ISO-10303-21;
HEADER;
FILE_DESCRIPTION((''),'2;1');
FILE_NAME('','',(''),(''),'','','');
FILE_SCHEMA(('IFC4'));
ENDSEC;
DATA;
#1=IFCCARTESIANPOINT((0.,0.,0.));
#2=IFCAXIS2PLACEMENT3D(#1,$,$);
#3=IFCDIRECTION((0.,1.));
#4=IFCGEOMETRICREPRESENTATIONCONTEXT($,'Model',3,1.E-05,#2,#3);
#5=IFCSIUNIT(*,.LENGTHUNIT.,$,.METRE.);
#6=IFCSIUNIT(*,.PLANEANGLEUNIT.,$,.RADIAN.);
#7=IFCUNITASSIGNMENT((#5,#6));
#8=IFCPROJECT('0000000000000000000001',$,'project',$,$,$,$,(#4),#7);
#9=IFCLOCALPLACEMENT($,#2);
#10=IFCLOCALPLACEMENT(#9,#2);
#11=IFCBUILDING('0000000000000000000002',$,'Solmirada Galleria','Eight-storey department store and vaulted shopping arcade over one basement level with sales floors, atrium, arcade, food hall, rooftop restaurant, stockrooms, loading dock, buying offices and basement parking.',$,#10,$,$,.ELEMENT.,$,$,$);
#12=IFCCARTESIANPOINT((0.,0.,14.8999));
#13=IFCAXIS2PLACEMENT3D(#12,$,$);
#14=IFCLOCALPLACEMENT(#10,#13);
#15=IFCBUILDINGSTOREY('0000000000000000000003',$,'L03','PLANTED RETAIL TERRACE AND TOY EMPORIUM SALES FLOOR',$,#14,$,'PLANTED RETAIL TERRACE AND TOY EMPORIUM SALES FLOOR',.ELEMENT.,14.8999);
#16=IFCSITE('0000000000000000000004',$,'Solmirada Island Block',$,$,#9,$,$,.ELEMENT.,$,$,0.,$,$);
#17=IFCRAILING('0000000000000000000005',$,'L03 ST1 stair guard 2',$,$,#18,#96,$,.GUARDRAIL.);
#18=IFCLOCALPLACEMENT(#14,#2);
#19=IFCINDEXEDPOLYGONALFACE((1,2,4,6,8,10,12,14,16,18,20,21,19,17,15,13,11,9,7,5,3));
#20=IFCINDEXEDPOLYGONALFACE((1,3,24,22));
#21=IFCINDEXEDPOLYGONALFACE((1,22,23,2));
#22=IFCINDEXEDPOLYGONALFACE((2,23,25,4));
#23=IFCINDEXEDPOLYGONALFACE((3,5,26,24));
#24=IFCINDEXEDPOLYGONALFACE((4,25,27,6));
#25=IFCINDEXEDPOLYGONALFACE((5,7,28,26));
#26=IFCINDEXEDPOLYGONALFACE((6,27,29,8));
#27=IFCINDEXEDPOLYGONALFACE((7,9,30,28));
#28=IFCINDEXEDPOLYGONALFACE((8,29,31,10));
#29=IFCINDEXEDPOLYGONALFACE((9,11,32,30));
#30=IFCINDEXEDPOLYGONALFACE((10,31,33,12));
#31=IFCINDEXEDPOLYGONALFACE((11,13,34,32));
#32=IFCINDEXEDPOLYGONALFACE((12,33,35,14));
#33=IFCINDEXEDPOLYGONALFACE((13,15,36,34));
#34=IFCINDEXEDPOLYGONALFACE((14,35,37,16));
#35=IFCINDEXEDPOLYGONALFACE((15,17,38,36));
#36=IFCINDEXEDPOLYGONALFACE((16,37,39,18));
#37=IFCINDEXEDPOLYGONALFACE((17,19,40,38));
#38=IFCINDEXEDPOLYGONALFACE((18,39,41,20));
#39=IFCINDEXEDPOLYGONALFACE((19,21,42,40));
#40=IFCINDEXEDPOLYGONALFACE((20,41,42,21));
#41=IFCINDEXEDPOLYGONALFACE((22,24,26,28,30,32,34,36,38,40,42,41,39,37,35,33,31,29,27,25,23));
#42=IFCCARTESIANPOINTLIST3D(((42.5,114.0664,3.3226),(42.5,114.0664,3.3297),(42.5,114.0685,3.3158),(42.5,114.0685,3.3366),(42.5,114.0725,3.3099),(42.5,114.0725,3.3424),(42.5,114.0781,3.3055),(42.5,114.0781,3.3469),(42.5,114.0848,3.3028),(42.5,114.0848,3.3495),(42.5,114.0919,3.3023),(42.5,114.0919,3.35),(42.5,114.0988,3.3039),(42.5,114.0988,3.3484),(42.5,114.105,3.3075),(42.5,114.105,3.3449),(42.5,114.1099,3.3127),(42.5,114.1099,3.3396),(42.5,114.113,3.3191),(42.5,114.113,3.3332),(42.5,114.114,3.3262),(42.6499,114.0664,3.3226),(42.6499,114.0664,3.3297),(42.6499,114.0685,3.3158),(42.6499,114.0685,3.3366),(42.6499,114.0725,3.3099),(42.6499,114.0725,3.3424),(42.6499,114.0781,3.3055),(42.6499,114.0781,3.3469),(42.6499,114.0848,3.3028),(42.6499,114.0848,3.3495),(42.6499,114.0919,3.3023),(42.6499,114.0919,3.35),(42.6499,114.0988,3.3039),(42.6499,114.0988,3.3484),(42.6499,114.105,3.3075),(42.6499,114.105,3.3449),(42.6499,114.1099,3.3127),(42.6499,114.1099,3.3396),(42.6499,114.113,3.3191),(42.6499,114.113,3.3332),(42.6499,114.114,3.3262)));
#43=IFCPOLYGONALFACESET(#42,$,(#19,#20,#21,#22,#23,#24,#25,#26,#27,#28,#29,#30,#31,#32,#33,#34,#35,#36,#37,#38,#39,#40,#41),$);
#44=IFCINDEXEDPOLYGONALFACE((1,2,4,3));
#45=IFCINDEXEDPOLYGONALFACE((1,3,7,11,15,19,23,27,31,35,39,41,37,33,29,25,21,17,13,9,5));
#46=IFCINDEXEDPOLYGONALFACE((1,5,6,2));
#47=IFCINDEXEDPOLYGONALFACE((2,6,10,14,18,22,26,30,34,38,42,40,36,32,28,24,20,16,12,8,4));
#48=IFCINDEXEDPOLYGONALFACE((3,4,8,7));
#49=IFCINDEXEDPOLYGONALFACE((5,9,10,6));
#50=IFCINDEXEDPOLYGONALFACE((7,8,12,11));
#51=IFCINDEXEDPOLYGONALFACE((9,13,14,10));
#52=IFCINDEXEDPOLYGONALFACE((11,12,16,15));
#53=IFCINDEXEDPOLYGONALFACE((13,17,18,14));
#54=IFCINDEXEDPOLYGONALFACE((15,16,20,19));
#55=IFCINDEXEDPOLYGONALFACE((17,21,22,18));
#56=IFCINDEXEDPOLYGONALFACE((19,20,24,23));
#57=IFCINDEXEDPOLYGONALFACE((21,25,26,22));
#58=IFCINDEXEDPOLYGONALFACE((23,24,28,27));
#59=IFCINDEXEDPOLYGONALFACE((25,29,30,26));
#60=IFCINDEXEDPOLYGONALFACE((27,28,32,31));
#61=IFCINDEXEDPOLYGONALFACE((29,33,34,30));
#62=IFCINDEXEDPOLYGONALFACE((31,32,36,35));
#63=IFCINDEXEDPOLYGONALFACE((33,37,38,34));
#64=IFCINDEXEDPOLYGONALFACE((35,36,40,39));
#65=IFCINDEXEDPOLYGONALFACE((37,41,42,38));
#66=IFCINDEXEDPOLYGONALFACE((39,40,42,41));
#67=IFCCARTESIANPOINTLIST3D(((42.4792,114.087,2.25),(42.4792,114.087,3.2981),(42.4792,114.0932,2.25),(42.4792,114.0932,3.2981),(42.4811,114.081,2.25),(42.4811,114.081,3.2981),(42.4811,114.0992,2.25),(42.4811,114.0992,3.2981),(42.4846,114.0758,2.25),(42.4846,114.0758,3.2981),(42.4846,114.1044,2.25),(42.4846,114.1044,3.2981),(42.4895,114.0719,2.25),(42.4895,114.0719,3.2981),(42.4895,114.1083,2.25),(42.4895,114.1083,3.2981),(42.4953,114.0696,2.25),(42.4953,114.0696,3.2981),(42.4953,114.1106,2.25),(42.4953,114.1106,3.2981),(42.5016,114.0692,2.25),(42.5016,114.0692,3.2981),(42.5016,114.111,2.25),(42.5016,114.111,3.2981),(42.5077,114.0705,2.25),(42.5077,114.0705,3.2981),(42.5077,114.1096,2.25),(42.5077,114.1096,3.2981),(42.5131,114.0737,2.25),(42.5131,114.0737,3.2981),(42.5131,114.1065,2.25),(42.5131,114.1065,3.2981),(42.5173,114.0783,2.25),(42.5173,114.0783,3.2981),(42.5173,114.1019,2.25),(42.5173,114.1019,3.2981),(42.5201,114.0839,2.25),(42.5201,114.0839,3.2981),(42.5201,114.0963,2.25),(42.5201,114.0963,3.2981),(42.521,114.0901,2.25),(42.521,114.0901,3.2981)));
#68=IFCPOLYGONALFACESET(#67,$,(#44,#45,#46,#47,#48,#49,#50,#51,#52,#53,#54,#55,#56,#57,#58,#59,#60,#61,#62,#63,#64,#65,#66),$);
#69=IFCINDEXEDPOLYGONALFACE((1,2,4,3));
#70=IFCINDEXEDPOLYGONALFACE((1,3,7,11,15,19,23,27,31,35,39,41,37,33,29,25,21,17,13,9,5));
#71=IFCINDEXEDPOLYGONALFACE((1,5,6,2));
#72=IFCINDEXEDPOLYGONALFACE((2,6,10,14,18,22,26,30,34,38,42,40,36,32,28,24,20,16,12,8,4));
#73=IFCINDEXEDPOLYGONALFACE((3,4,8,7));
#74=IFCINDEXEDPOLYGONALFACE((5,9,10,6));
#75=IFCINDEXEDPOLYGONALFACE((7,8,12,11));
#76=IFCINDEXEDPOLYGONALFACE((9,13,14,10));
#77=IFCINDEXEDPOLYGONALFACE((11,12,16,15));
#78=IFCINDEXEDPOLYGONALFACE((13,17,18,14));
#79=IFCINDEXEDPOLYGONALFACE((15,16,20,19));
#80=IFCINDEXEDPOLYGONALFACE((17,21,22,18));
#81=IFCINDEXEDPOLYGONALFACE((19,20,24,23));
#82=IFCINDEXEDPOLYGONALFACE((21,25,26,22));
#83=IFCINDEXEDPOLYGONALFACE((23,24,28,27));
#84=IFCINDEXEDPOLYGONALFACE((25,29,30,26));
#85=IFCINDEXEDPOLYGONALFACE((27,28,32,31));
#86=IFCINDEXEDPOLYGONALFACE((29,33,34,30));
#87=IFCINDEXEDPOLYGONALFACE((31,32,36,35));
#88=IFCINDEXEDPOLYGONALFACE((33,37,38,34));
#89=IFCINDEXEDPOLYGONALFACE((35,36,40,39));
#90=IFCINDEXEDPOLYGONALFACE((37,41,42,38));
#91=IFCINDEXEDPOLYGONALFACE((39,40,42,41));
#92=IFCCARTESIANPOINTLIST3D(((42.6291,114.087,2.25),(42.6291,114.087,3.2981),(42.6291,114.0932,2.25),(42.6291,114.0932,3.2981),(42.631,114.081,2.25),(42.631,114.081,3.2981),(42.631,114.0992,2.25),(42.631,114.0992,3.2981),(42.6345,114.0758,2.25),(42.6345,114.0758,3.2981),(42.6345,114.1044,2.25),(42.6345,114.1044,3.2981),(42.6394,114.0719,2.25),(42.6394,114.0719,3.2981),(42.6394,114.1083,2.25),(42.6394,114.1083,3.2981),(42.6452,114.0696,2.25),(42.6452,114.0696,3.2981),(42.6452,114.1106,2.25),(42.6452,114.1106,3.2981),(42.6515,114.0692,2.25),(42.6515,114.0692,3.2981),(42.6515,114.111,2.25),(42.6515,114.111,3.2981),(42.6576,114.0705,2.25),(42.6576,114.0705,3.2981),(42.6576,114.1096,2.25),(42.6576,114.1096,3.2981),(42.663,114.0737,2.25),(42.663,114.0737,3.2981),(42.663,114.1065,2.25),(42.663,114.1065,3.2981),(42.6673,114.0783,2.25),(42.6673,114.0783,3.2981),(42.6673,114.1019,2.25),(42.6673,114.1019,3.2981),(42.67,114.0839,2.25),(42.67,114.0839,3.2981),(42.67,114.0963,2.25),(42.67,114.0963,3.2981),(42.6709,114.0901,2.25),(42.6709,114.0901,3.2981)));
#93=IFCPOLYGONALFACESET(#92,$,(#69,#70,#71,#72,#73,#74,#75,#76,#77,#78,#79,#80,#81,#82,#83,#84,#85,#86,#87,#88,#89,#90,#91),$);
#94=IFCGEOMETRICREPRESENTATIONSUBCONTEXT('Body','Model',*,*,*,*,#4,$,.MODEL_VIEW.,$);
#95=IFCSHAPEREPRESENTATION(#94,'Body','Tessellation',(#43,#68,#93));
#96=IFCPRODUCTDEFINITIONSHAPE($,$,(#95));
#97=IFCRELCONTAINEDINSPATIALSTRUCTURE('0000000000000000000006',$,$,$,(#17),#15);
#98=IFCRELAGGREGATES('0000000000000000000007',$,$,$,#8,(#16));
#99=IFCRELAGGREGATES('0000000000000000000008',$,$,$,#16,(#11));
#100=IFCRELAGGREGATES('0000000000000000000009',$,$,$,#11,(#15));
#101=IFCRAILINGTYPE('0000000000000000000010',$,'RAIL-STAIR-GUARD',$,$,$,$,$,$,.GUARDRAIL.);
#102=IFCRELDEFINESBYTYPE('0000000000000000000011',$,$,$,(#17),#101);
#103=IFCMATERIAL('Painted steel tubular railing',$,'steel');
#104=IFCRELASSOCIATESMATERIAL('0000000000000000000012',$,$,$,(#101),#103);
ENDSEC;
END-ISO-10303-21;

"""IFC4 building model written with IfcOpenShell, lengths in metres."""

from ifc_helpers import new_model, si_unit, direction, frame, origin, origin_2d, place, context, subcontext, project, spatial, circle, extrude, material, type_object, element, save


model = new_model("IFC4")

# Units and contexts
model_context = context("Model", 3, precision=1e-05, world=origin(), true_north=direction((0.0, 1.0)))
body_context = subcontext(model_context, "Body", "Model", "MODEL_VIEW")
ifc_project = project(units=[si_unit("LENGTHUNIT", "METRE"), si_unit("PLANEANGLEUNIT", "RADIAN")], contexts=[model_context])

# Site, building, storey
site_placement = place(None, origin())
site = spatial("IfcSite", under=ifc_project, at=site_placement, Name="Solmirada Island Block", CompositionType="ELEMENT", RefElevation=0.0)
building_placement = place(site_placement, origin())
building = spatial("IfcBuilding", under=site, at=building_placement, Name="Solmirada Galleria", Description="Eight-storey department store and vaulted shopping arcade over one basement level with sales floors, atrium, arcade, food hall, rooftop restaurant, stockrooms, loading dock, buying offices and basement parking.", CompositionType="ELEMENT")
storey_placement = place(building_placement, frame((0.0, 0.0, 14.8999)))
storey = spatial("IfcBuildingStorey", under=building, at=storey_placement, Name="L03", Description="PLANTED RETAIL TERRACE AND TOY EMPORIUM SALES FLOOR", LongName="PLANTED RETAIL TERRACE AND TOY EMPORIUM SALES FLOOR", CompositionType="ELEMENT", Elevation=14.8999)

# Railing
ifc_material_1 = material(Name="Painted steel tubular railing", Category="steel")
railing_type_1 = type_object("IfcRailingType", Name="RAIL-STAIR-GUARD", PredefinedType="GUARDRAIL", material=ifc_material_1)
railing_1_placement = place(storey_placement, frame((42.5, 114.0901, 2.25)))
element("IfcRailing", 1, at=railing_1_placement, inside=storey, type_object=railing_type_1, Name="L03 ST1 stair guard 2", PredefinedType="GUARDRAIL", context=body_context, shape_type="SweptSolid", body=[
    extrude(circle(Radius=0.0239, at=origin_2d()), frame((0.0, 0.0, 1.0762), z_axis=(1.0, 0.0, 0.0), x_axis=(0.0, 1.0, 0.0)), (0.0, 0.0, 1.0), 0.1499),
    extrude(circle(Radius=0.021, at=origin_2d()), origin(), (0.0, 0.0, 1.0), 1.0481),
    extrude(circle(Radius=0.021, at=origin_2d()), frame((0.1499, 0.0, 0.0)), (0.0, 0.0, 1.0), 1.0481),
])

save(model, "model.ifc")
